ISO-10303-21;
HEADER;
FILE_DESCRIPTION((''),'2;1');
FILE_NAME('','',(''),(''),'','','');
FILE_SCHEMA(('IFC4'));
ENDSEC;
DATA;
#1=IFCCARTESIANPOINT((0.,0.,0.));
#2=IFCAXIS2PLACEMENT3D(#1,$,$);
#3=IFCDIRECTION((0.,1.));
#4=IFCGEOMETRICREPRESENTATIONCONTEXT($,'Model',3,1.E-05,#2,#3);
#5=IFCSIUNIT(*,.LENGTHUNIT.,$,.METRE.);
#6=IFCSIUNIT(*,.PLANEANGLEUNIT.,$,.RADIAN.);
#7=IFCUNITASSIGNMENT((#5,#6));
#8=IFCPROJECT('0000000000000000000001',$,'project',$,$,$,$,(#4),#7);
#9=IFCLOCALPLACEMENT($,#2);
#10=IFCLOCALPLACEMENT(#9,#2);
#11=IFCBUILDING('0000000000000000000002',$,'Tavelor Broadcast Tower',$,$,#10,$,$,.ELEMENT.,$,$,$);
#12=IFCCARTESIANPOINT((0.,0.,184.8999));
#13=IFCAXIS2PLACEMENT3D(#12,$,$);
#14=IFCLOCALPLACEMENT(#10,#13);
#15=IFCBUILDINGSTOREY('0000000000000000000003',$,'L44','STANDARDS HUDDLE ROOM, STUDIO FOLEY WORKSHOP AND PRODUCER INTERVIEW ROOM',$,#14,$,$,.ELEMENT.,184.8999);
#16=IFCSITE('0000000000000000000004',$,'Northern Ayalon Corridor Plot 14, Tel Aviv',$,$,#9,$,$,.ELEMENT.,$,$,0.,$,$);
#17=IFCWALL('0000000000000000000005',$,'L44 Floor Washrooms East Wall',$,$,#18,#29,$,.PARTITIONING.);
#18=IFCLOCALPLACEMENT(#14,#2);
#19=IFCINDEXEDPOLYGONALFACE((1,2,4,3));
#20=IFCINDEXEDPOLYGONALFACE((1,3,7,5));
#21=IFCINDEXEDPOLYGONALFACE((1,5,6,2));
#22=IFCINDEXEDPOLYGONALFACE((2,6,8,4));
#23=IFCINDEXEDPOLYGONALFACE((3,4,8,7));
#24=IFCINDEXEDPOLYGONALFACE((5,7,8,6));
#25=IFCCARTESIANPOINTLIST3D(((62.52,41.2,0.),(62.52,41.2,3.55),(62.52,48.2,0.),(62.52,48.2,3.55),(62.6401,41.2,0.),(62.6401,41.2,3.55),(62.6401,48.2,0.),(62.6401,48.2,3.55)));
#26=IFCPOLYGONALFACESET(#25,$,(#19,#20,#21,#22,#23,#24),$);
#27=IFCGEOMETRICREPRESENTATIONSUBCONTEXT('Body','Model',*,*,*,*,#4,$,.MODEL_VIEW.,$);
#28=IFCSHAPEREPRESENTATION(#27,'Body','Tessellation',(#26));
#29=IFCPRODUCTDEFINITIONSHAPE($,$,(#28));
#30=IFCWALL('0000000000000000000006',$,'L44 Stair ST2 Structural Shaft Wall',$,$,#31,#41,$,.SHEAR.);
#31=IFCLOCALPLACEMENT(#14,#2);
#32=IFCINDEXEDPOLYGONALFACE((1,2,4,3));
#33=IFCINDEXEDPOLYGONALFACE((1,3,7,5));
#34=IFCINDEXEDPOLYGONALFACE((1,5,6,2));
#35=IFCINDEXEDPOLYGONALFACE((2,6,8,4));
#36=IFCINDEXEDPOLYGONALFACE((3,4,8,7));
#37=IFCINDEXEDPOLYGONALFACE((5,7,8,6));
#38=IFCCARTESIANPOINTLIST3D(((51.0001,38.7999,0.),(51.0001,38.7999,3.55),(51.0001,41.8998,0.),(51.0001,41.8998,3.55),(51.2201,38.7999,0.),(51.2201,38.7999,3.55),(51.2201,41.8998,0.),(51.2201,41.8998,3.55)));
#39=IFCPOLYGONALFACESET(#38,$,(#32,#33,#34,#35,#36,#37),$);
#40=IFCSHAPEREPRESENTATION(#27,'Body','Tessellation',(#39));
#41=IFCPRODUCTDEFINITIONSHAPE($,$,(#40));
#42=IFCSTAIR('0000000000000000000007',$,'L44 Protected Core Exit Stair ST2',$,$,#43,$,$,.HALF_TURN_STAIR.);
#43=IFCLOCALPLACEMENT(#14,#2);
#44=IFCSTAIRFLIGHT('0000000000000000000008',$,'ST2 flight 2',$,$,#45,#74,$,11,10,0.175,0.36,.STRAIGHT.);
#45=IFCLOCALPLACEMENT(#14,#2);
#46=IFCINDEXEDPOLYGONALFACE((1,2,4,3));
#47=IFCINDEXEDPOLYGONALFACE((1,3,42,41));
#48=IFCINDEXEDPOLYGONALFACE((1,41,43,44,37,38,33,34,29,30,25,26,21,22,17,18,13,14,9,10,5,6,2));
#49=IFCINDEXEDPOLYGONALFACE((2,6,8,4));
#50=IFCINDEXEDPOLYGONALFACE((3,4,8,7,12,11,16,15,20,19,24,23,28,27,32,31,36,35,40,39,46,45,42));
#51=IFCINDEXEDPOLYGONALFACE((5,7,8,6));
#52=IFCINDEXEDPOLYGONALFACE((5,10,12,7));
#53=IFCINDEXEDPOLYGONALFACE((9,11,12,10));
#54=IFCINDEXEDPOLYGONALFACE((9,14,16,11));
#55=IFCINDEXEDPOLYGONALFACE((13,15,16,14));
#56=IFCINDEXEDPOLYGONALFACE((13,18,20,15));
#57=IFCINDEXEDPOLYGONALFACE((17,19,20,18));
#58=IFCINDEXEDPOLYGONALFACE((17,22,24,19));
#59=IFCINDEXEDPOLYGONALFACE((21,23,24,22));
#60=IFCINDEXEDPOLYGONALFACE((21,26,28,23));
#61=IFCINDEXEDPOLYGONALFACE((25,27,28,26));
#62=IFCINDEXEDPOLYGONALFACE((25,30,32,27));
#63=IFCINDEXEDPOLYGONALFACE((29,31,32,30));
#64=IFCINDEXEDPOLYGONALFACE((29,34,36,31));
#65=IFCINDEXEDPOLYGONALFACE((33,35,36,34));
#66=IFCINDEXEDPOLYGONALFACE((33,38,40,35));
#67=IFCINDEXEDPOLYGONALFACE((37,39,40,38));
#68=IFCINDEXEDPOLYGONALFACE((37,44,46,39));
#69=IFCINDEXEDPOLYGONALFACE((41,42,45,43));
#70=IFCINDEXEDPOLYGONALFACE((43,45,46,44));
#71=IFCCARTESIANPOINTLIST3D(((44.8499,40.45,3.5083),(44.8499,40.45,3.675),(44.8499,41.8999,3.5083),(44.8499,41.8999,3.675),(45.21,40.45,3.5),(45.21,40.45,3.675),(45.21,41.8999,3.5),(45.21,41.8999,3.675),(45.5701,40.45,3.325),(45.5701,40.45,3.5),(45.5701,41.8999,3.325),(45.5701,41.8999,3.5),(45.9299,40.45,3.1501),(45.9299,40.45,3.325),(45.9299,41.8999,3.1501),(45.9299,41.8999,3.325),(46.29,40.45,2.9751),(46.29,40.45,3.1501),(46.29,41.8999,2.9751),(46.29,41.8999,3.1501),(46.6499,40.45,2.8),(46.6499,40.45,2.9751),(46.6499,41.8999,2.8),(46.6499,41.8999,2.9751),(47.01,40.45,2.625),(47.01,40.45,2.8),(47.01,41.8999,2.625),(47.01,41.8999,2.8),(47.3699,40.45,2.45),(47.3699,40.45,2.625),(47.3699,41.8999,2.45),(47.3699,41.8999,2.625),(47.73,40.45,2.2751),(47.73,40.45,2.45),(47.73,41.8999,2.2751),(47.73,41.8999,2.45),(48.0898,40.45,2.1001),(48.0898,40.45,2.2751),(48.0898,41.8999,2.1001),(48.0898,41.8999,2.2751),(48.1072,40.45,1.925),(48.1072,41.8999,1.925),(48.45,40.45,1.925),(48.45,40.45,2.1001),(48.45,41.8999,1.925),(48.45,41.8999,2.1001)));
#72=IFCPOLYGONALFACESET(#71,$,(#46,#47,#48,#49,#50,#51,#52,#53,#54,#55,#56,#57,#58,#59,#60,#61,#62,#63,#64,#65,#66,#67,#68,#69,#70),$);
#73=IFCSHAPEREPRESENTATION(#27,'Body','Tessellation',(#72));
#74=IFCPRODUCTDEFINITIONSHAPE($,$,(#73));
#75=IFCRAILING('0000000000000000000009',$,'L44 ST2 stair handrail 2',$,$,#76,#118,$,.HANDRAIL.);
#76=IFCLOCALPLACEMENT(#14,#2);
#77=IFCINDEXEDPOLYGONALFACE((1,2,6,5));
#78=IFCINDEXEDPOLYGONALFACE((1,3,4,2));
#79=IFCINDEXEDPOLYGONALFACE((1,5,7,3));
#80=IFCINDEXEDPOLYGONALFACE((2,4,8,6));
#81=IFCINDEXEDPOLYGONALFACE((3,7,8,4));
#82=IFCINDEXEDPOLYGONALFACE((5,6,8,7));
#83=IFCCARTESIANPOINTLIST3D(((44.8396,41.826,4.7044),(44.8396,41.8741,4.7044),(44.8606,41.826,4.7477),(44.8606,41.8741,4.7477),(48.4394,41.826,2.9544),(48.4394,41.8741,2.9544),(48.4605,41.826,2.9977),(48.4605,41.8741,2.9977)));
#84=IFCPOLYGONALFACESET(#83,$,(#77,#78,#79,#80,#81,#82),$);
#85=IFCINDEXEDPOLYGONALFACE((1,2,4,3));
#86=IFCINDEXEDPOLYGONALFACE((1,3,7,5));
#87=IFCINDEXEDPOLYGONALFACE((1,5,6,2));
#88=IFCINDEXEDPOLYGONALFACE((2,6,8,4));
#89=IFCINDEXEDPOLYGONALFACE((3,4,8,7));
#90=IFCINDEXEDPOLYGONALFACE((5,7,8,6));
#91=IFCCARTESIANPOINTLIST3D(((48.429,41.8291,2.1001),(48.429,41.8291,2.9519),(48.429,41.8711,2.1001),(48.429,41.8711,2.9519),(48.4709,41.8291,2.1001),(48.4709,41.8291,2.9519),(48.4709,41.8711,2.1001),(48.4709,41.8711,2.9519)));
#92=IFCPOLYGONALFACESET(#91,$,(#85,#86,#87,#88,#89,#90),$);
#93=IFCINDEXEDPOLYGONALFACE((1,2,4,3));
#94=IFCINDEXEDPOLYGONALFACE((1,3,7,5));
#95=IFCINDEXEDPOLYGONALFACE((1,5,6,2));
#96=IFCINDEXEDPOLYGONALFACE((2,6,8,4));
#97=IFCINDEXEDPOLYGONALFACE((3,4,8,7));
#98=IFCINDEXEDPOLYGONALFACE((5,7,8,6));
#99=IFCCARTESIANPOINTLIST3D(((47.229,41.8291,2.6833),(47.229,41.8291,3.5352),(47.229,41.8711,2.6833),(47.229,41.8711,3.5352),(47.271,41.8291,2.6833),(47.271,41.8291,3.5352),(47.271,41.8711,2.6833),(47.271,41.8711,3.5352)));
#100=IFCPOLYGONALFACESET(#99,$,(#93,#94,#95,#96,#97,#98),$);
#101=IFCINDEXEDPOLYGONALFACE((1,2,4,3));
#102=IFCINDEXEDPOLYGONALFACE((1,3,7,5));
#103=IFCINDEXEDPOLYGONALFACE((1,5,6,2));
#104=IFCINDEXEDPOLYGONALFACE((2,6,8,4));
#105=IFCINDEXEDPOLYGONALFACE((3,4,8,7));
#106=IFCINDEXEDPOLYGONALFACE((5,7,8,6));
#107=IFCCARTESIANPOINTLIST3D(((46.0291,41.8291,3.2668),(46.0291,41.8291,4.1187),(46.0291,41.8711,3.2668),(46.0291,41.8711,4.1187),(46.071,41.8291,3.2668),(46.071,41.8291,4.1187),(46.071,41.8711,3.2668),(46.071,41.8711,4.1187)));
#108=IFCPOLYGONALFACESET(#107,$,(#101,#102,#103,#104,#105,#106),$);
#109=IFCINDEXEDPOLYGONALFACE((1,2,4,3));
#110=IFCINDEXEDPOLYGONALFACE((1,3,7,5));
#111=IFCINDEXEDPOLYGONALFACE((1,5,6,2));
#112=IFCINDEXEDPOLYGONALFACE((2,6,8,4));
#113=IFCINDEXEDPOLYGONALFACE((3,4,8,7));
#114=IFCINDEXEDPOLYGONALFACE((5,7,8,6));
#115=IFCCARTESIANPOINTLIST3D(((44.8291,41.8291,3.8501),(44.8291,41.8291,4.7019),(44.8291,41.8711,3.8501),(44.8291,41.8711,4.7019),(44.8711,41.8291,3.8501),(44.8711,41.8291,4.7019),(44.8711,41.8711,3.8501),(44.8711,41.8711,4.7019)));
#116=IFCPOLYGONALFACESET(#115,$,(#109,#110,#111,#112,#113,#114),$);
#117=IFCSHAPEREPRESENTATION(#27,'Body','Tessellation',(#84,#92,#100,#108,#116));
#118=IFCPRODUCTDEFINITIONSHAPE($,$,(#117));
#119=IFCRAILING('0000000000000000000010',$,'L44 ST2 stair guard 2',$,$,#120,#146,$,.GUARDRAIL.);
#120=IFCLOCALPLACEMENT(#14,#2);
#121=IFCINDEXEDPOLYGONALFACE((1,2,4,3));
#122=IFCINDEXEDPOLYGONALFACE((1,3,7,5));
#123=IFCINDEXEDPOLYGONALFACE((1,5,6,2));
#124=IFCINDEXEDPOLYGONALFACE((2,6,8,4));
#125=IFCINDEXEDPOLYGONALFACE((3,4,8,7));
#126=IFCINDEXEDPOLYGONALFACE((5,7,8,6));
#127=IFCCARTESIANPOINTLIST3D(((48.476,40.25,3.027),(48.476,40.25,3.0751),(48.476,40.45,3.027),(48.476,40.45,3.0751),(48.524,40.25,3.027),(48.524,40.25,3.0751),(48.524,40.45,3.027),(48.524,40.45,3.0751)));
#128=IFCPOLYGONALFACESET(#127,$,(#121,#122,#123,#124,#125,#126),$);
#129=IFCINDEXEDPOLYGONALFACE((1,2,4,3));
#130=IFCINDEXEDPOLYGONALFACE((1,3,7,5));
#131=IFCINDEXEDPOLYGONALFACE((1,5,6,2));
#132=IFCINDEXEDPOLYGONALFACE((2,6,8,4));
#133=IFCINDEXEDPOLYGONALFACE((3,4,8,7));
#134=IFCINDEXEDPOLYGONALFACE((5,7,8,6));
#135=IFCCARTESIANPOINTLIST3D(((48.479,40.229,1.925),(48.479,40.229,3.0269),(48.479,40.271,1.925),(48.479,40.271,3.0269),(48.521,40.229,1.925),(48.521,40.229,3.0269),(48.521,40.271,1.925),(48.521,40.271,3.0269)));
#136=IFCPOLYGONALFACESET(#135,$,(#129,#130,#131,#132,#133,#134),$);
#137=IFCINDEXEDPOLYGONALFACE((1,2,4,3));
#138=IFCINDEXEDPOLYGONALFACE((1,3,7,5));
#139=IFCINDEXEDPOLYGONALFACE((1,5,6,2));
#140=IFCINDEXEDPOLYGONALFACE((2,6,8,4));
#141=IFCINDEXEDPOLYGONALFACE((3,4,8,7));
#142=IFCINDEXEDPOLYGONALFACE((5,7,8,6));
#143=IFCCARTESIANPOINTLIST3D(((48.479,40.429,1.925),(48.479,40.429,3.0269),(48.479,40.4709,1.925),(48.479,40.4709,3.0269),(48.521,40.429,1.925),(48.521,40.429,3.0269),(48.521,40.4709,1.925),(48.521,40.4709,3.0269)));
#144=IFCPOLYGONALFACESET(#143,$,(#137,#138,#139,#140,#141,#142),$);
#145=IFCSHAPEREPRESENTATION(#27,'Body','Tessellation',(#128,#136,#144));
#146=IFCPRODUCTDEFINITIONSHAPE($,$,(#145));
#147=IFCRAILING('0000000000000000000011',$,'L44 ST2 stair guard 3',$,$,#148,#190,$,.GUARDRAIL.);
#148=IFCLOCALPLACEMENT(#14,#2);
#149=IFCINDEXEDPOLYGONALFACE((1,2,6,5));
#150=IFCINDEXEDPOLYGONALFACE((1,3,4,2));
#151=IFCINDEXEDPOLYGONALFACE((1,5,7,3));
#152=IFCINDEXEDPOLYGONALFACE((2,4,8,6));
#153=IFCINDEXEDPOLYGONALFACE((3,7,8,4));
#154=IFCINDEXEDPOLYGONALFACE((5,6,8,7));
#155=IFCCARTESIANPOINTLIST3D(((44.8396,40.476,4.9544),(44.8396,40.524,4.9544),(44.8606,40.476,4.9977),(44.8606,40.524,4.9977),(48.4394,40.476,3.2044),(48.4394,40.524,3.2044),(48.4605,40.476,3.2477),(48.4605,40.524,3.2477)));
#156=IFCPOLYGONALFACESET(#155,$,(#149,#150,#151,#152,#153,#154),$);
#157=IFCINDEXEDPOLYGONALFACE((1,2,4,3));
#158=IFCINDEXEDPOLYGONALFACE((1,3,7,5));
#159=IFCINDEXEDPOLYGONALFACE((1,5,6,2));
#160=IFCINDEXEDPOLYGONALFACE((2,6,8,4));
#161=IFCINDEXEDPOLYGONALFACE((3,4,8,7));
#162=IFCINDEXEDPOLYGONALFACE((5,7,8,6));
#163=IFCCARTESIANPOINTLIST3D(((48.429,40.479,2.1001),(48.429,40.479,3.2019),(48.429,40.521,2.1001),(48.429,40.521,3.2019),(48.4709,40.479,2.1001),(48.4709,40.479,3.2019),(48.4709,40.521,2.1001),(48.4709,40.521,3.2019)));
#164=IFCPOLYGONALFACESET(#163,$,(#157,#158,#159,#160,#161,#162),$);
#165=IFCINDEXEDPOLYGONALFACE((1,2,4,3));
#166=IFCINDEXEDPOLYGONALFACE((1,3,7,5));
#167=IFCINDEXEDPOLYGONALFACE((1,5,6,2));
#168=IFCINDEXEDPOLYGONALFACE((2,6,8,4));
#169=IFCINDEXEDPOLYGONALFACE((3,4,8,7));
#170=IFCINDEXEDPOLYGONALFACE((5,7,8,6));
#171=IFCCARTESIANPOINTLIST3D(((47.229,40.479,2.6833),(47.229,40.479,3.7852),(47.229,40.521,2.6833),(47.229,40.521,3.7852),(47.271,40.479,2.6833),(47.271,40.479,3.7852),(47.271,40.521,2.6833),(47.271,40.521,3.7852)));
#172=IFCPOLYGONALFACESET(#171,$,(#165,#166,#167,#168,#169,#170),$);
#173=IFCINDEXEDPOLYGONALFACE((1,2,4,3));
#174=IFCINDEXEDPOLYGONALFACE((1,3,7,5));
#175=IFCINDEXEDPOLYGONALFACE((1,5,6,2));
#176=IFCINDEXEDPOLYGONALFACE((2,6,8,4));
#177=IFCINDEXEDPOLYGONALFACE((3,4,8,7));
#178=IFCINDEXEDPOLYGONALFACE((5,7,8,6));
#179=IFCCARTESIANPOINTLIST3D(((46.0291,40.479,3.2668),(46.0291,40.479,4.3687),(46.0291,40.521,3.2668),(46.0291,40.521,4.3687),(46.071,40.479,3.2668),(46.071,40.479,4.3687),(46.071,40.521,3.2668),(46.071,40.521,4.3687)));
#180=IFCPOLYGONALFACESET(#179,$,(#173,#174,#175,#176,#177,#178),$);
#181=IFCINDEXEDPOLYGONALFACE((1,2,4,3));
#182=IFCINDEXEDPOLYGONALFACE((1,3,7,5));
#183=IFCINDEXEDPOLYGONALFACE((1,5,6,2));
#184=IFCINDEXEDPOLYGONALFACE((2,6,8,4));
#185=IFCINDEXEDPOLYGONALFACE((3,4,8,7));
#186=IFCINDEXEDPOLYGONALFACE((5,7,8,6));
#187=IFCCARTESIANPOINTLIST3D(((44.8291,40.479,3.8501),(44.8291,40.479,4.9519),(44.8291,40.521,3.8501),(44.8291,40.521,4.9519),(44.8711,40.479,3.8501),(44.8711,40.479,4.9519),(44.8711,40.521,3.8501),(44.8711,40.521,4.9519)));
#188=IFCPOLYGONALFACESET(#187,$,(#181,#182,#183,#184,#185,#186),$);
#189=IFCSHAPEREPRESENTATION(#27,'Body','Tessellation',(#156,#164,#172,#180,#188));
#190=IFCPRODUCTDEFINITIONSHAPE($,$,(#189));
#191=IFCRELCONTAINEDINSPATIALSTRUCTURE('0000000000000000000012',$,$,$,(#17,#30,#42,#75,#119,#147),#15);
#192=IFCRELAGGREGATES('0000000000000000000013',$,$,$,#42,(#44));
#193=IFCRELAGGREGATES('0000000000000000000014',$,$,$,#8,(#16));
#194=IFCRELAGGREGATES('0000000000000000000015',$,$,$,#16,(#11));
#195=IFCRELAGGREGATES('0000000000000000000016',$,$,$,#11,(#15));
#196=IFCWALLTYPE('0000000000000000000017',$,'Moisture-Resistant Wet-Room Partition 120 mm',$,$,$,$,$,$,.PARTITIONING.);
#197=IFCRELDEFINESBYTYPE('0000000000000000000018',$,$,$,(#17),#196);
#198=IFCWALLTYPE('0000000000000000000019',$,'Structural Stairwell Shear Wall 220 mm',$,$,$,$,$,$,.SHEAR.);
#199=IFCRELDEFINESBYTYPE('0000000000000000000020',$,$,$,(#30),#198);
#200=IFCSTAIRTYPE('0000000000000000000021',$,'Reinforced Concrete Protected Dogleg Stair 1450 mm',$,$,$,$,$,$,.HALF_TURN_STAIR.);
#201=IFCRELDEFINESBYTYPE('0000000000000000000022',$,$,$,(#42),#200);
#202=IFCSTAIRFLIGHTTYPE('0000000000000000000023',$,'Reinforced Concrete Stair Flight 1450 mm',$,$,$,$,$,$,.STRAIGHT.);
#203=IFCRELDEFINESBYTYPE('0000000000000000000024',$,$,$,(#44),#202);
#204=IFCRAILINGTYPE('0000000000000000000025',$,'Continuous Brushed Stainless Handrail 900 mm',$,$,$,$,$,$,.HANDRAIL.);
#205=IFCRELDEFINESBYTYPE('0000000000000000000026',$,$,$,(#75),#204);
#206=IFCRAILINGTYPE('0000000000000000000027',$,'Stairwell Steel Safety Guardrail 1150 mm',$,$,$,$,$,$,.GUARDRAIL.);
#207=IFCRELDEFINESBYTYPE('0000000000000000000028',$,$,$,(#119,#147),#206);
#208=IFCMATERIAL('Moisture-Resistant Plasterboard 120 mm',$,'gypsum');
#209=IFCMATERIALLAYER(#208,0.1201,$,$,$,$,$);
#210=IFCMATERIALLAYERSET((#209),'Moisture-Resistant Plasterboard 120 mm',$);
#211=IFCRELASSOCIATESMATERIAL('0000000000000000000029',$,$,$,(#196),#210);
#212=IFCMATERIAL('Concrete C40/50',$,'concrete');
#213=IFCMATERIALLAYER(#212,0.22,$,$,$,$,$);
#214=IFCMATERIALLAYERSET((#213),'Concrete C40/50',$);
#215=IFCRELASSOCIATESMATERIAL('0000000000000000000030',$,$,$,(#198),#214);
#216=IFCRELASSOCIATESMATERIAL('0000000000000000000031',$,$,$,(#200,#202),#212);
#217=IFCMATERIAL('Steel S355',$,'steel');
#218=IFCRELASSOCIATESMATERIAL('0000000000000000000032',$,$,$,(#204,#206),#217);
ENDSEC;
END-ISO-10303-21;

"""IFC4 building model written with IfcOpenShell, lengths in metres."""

from ifc_helpers import new_model, si_unit, direction, frame, frame_2d, origin, origin_2d, place, context, subcontext, project, spatial, polyline, rectangle, outline, extrude, material, layer, layer_set, type_object, element, aggregate, save


model = new_model("IFC4")

# Units and contexts
model_context = context("Model", 3, precision=1e-05, world=origin(), true_north=direction((0.0, 1.0)))
body_context = subcontext(model_context, "Body", "Model", "MODEL_VIEW")
ifc_project = project(units=[si_unit("LENGTHUNIT", "METRE"), si_unit("PLANEANGLEUNIT", "RADIAN")], contexts=[model_context])

# Site, building, storey
site_placement = place(None, origin())
site = spatial("IfcSite", under=ifc_project, at=site_placement, Name="Northern Ayalon Corridor Plot 14, Tel Aviv", CompositionType="ELEMENT", RefElevation=0.0)
building_placement = place(site_placement, origin())
building = spatial("IfcBuilding", under=site, at=building_placement, Name="Tavelor Broadcast Tower", CompositionType="ELEMENT")
storey_placement = place(building_placement, frame((0.0, 0.0, 184.8999)))
storey = spatial("IfcBuildingStorey", under=building, at=storey_placement, Name="L44", Description="STANDARDS HUDDLE ROOM, STUDIO FOLEY WORKSHOP AND PRODUCER INTERVIEW ROOM", CompositionType="ELEMENT", Elevation=184.8999)

# Shared definitions
ifc_material_1 = material(Name="Concrete C40/50", Category="concrete")
ifc_material_2 = material(Name="Steel S355", Category="steel")

# Shared definitions
ifc_material_3 = material(Name="Moisture-Resistant Plasterboard 120 mm", Category="gypsum")
ifc_layer_1 = layer(ifc_material_3, 0.1201)
ifc_layer_set_1 = layer_set([ifc_layer_1], Name="Moisture-Resistant Plasterboard 120 mm")
wall_type_1 = type_object("IfcWallType", Name="Moisture-Resistant Wet-Room Partition 120 mm", PredefinedType="PARTITIONING", material=ifc_layer_set_1)

# Walls
wall_1_placement = place(storey_placement, frame((62.5801, 41.2, 0.0), z_axis=(0.0, 0.0, 1.0), x_axis=(0.0, 1.0, 0.0)))
element("IfcWall", 1, at=wall_1_placement, inside=storey, type_object=wall_type_1, Name="L44 Floor Washrooms East Wall", PredefinedType="PARTITIONING", context=body_context, shape_type="SweptSolid", body=[
    extrude(rectangle(XDim=7.0, YDim=0.1201, at=frame_2d((3.5, 0.0))), origin(), (0.0, 0.0, 1.0), 3.55),
])
ifc_layer_2 = layer(ifc_material_1, 0.22)
ifc_layer_set_2 = layer_set([ifc_layer_2], Name="Concrete C40/50")
wall_type_2 = type_object("IfcWallType", Name="Structural Stairwell Shear Wall 220 mm", PredefinedType="SHEAR", material=ifc_layer_set_2)
wall_2_placement = place(storey_placement, frame((51.1101, 38.8, 0.0), z_axis=(0.0, 0.0, 1.0), x_axis=(0.0, 1.0, 0.0)))
element("IfcWall", 2, at=wall_2_placement, inside=storey, type_object=wall_type_2, Name="L44 Stair ST2 Structural Shaft Wall", PredefinedType="SHEAR", context=body_context, shape_type="SweptSolid", body=[
    extrude(rectangle(XDim=3.0999, YDim=0.22, at=frame_2d((1.5498, 0.0))), origin(), (0.0, 0.0, 1.0), 3.55),
])

# Stair, stair flight
stair_type = type_object("IfcStairType", Name="Reinforced Concrete Protected Dogleg Stair 1450 mm", PredefinedType="HALF_TURN_STAIR", material=ifc_material_1)
stair_placement = place(storey_placement, origin())
stair = element("IfcStair", 3, at=stair_placement, inside=storey, type_object=stair_type, Name="L44 Protected Core Exit Stair ST2", PredefinedType="HALF_TURN_STAIR")
stair_flight_type = type_object("IfcStairFlightType", Name="Reinforced Concrete Stair Flight 1450 mm", PredefinedType="STRAIGHT", material=ifc_material_1)
stair_flight_placement = place(storey_placement, frame((48.45, 41.175, 1.925), z_axis=(0.0, 0.0, 1.0), x_axis=(-1.0, 0.0, 0.0)))
stair_flight = element("IfcStairFlight", 4, at=stair_flight_placement, type_object=stair_flight_type, Name="ST2 flight 2", NumberOfRisers=11, NumberOfTreads=10, PredefinedType="STRAIGHT", RiserHeight=0.175, TreadLength=0.36, context=body_context, shape_type="SweptSolid", body=[
    extrude(outline(polyline([(0.0, 0.0), (0.0, 0.175), (0.3601, 0.175), (0.3601, 0.3501), (0.72, 0.3501), (0.72, 0.5249), (1.0801, 0.5249), (1.0801, 0.7), (1.4399, 0.7), (1.4399, 0.875), (1.8, 0.875), (1.8, 1.05), (2.1599, 1.05), (2.1599, 1.2251), (2.52, 1.2251), (2.52, 1.3999), (2.8799, 1.3999), (2.8799, 1.575), (3.24, 1.575), (3.24, 1.75), (3.6001, 1.75), (3.6001, 1.925), (3.6001, 1.5833), (0.3428, 0.0), (0.0, 0.0)])), frame((0.0, 0.7251, 0.0), z_axis=(0.0, -1.0, 0.0), x_axis=(1.0, 0.0, 0.0)), (0.0, 0.0, 1.0), 1.45),
])
aggregate(stair, [stair_flight])

# Railings
railing_type_1 = type_object("IfcRailingType", Name="Continuous Brushed Stainless Handrail 900 mm", PredefinedType="HANDRAIL", material=ifc_material_2)
railing_1_placement = place(storey_placement, frame((48.45, 41.8501, 2.1001)))
element("IfcRailing", 5, at=railing_1_placement, inside=storey, type_object=railing_type_1, Name="L44 ST2 stair handrail 2", PredefinedType="HANDRAIL", context=body_context, shape_type="SweptSolid", body=[
    extrude(rectangle(XDim=0.0481, YDim=0.0481, at=origin_2d()), frame((0.0, 0.0, 0.876), z_axis=(-0.899361, 0.0, 0.437207), x_axis=(0.0, -1.0, 0.0)), (0.0, 0.0, 1.0), 4.0027),
    extrude(rectangle(XDim=0.042, YDim=0.042, at=origin_2d()), origin(), (0.0, 0.0, 1.0), 0.8518),
    extrude(rectangle(XDim=0.042, YDim=0.042, at=origin_2d()), frame((-1.2, 0.0, 0.5833)), (0.0, 0.0, 1.0), 0.8518),
    extrude(rectangle(XDim=0.042, YDim=0.042, at=origin_2d()), frame((-2.3999, 0.0, 1.1667)), (0.0, 0.0, 1.0), 0.8518),
    extrude(rectangle(XDim=0.042, YDim=0.042, at=origin_2d()), frame((-3.5999, 0.0, 1.75)), (0.0, 0.0, 1.0), 0.8518),
])
railing_type_2 = type_object("IfcRailingType", Name="Stairwell Steel Safety Guardrail 1150 mm", PredefinedType="GUARDRAIL", material=ifc_material_2)
railing_2_placement = place(storey_placement, frame((48.5, 40.25, 1.925)))
element("IfcRailing", 6, at=railing_2_placement, inside=storey, type_object=railing_type_2, Name="L44 ST2 stair guard 2", PredefinedType="GUARDRAIL", context=body_context, shape_type="SweptSolid", body=[
    extrude(rectangle(XDim=0.0481, YDim=0.0481, at=origin_2d()), frame((0.0, 0.0, 1.126), z_axis=(0.0, 1.0, 0.0), x_axis=(-1.0, 0.0, 0.0)), (0.0, 0.0, 1.0), 0.2),
    extrude(rectangle(XDim=0.042, YDim=0.042, at=origin_2d()), origin(), (0.0, 0.0, 1.0), 1.1018),
    extrude(rectangle(XDim=0.042, YDim=0.042, at=origin_2d()), frame((0.0, 0.2, 0.0)), (0.0, 0.0, 1.0), 1.1018),
])
railing_3_placement = place(storey_placement, frame((48.45, 40.5, 2.1001)))
element("IfcRailing", 7, at=railing_3_placement, inside=storey, type_object=railing_type_2, Name="L44 ST2 stair guard 3", PredefinedType="GUARDRAIL", context=body_context, shape_type="SweptSolid", body=[
    extrude(rectangle(XDim=0.0481, YDim=0.0481, at=origin_2d()), frame((0.0, 0.0, 1.126), z_axis=(-0.899361, 0.0, 0.437207), x_axis=(0.0, -1.0, 0.0)), (0.0, 0.0, 1.0), 4.0027),
    extrude(rectangle(XDim=0.042, YDim=0.042, at=origin_2d()), origin(), (0.0, 0.0, 1.0), 1.1018),
    extrude(rectangle(XDim=0.042, YDim=0.042, at=origin_2d()), frame((-1.2, 0.0, 0.5833)), (0.0, 0.0, 1.0), 1.1018),
    extrude(rectangle(XDim=0.042, YDim=0.042, at=origin_2d()), frame((-2.3999, 0.0, 1.1667)), (0.0, 0.0, 1.0), 1.1018),
    extrude(rectangle(XDim=0.042, YDim=0.042, at=origin_2d()), frame((-3.5999, 0.0, 1.75)), (0.0, 0.0, 1.0), 1.1018),
])

save(model, "model.ifc")
